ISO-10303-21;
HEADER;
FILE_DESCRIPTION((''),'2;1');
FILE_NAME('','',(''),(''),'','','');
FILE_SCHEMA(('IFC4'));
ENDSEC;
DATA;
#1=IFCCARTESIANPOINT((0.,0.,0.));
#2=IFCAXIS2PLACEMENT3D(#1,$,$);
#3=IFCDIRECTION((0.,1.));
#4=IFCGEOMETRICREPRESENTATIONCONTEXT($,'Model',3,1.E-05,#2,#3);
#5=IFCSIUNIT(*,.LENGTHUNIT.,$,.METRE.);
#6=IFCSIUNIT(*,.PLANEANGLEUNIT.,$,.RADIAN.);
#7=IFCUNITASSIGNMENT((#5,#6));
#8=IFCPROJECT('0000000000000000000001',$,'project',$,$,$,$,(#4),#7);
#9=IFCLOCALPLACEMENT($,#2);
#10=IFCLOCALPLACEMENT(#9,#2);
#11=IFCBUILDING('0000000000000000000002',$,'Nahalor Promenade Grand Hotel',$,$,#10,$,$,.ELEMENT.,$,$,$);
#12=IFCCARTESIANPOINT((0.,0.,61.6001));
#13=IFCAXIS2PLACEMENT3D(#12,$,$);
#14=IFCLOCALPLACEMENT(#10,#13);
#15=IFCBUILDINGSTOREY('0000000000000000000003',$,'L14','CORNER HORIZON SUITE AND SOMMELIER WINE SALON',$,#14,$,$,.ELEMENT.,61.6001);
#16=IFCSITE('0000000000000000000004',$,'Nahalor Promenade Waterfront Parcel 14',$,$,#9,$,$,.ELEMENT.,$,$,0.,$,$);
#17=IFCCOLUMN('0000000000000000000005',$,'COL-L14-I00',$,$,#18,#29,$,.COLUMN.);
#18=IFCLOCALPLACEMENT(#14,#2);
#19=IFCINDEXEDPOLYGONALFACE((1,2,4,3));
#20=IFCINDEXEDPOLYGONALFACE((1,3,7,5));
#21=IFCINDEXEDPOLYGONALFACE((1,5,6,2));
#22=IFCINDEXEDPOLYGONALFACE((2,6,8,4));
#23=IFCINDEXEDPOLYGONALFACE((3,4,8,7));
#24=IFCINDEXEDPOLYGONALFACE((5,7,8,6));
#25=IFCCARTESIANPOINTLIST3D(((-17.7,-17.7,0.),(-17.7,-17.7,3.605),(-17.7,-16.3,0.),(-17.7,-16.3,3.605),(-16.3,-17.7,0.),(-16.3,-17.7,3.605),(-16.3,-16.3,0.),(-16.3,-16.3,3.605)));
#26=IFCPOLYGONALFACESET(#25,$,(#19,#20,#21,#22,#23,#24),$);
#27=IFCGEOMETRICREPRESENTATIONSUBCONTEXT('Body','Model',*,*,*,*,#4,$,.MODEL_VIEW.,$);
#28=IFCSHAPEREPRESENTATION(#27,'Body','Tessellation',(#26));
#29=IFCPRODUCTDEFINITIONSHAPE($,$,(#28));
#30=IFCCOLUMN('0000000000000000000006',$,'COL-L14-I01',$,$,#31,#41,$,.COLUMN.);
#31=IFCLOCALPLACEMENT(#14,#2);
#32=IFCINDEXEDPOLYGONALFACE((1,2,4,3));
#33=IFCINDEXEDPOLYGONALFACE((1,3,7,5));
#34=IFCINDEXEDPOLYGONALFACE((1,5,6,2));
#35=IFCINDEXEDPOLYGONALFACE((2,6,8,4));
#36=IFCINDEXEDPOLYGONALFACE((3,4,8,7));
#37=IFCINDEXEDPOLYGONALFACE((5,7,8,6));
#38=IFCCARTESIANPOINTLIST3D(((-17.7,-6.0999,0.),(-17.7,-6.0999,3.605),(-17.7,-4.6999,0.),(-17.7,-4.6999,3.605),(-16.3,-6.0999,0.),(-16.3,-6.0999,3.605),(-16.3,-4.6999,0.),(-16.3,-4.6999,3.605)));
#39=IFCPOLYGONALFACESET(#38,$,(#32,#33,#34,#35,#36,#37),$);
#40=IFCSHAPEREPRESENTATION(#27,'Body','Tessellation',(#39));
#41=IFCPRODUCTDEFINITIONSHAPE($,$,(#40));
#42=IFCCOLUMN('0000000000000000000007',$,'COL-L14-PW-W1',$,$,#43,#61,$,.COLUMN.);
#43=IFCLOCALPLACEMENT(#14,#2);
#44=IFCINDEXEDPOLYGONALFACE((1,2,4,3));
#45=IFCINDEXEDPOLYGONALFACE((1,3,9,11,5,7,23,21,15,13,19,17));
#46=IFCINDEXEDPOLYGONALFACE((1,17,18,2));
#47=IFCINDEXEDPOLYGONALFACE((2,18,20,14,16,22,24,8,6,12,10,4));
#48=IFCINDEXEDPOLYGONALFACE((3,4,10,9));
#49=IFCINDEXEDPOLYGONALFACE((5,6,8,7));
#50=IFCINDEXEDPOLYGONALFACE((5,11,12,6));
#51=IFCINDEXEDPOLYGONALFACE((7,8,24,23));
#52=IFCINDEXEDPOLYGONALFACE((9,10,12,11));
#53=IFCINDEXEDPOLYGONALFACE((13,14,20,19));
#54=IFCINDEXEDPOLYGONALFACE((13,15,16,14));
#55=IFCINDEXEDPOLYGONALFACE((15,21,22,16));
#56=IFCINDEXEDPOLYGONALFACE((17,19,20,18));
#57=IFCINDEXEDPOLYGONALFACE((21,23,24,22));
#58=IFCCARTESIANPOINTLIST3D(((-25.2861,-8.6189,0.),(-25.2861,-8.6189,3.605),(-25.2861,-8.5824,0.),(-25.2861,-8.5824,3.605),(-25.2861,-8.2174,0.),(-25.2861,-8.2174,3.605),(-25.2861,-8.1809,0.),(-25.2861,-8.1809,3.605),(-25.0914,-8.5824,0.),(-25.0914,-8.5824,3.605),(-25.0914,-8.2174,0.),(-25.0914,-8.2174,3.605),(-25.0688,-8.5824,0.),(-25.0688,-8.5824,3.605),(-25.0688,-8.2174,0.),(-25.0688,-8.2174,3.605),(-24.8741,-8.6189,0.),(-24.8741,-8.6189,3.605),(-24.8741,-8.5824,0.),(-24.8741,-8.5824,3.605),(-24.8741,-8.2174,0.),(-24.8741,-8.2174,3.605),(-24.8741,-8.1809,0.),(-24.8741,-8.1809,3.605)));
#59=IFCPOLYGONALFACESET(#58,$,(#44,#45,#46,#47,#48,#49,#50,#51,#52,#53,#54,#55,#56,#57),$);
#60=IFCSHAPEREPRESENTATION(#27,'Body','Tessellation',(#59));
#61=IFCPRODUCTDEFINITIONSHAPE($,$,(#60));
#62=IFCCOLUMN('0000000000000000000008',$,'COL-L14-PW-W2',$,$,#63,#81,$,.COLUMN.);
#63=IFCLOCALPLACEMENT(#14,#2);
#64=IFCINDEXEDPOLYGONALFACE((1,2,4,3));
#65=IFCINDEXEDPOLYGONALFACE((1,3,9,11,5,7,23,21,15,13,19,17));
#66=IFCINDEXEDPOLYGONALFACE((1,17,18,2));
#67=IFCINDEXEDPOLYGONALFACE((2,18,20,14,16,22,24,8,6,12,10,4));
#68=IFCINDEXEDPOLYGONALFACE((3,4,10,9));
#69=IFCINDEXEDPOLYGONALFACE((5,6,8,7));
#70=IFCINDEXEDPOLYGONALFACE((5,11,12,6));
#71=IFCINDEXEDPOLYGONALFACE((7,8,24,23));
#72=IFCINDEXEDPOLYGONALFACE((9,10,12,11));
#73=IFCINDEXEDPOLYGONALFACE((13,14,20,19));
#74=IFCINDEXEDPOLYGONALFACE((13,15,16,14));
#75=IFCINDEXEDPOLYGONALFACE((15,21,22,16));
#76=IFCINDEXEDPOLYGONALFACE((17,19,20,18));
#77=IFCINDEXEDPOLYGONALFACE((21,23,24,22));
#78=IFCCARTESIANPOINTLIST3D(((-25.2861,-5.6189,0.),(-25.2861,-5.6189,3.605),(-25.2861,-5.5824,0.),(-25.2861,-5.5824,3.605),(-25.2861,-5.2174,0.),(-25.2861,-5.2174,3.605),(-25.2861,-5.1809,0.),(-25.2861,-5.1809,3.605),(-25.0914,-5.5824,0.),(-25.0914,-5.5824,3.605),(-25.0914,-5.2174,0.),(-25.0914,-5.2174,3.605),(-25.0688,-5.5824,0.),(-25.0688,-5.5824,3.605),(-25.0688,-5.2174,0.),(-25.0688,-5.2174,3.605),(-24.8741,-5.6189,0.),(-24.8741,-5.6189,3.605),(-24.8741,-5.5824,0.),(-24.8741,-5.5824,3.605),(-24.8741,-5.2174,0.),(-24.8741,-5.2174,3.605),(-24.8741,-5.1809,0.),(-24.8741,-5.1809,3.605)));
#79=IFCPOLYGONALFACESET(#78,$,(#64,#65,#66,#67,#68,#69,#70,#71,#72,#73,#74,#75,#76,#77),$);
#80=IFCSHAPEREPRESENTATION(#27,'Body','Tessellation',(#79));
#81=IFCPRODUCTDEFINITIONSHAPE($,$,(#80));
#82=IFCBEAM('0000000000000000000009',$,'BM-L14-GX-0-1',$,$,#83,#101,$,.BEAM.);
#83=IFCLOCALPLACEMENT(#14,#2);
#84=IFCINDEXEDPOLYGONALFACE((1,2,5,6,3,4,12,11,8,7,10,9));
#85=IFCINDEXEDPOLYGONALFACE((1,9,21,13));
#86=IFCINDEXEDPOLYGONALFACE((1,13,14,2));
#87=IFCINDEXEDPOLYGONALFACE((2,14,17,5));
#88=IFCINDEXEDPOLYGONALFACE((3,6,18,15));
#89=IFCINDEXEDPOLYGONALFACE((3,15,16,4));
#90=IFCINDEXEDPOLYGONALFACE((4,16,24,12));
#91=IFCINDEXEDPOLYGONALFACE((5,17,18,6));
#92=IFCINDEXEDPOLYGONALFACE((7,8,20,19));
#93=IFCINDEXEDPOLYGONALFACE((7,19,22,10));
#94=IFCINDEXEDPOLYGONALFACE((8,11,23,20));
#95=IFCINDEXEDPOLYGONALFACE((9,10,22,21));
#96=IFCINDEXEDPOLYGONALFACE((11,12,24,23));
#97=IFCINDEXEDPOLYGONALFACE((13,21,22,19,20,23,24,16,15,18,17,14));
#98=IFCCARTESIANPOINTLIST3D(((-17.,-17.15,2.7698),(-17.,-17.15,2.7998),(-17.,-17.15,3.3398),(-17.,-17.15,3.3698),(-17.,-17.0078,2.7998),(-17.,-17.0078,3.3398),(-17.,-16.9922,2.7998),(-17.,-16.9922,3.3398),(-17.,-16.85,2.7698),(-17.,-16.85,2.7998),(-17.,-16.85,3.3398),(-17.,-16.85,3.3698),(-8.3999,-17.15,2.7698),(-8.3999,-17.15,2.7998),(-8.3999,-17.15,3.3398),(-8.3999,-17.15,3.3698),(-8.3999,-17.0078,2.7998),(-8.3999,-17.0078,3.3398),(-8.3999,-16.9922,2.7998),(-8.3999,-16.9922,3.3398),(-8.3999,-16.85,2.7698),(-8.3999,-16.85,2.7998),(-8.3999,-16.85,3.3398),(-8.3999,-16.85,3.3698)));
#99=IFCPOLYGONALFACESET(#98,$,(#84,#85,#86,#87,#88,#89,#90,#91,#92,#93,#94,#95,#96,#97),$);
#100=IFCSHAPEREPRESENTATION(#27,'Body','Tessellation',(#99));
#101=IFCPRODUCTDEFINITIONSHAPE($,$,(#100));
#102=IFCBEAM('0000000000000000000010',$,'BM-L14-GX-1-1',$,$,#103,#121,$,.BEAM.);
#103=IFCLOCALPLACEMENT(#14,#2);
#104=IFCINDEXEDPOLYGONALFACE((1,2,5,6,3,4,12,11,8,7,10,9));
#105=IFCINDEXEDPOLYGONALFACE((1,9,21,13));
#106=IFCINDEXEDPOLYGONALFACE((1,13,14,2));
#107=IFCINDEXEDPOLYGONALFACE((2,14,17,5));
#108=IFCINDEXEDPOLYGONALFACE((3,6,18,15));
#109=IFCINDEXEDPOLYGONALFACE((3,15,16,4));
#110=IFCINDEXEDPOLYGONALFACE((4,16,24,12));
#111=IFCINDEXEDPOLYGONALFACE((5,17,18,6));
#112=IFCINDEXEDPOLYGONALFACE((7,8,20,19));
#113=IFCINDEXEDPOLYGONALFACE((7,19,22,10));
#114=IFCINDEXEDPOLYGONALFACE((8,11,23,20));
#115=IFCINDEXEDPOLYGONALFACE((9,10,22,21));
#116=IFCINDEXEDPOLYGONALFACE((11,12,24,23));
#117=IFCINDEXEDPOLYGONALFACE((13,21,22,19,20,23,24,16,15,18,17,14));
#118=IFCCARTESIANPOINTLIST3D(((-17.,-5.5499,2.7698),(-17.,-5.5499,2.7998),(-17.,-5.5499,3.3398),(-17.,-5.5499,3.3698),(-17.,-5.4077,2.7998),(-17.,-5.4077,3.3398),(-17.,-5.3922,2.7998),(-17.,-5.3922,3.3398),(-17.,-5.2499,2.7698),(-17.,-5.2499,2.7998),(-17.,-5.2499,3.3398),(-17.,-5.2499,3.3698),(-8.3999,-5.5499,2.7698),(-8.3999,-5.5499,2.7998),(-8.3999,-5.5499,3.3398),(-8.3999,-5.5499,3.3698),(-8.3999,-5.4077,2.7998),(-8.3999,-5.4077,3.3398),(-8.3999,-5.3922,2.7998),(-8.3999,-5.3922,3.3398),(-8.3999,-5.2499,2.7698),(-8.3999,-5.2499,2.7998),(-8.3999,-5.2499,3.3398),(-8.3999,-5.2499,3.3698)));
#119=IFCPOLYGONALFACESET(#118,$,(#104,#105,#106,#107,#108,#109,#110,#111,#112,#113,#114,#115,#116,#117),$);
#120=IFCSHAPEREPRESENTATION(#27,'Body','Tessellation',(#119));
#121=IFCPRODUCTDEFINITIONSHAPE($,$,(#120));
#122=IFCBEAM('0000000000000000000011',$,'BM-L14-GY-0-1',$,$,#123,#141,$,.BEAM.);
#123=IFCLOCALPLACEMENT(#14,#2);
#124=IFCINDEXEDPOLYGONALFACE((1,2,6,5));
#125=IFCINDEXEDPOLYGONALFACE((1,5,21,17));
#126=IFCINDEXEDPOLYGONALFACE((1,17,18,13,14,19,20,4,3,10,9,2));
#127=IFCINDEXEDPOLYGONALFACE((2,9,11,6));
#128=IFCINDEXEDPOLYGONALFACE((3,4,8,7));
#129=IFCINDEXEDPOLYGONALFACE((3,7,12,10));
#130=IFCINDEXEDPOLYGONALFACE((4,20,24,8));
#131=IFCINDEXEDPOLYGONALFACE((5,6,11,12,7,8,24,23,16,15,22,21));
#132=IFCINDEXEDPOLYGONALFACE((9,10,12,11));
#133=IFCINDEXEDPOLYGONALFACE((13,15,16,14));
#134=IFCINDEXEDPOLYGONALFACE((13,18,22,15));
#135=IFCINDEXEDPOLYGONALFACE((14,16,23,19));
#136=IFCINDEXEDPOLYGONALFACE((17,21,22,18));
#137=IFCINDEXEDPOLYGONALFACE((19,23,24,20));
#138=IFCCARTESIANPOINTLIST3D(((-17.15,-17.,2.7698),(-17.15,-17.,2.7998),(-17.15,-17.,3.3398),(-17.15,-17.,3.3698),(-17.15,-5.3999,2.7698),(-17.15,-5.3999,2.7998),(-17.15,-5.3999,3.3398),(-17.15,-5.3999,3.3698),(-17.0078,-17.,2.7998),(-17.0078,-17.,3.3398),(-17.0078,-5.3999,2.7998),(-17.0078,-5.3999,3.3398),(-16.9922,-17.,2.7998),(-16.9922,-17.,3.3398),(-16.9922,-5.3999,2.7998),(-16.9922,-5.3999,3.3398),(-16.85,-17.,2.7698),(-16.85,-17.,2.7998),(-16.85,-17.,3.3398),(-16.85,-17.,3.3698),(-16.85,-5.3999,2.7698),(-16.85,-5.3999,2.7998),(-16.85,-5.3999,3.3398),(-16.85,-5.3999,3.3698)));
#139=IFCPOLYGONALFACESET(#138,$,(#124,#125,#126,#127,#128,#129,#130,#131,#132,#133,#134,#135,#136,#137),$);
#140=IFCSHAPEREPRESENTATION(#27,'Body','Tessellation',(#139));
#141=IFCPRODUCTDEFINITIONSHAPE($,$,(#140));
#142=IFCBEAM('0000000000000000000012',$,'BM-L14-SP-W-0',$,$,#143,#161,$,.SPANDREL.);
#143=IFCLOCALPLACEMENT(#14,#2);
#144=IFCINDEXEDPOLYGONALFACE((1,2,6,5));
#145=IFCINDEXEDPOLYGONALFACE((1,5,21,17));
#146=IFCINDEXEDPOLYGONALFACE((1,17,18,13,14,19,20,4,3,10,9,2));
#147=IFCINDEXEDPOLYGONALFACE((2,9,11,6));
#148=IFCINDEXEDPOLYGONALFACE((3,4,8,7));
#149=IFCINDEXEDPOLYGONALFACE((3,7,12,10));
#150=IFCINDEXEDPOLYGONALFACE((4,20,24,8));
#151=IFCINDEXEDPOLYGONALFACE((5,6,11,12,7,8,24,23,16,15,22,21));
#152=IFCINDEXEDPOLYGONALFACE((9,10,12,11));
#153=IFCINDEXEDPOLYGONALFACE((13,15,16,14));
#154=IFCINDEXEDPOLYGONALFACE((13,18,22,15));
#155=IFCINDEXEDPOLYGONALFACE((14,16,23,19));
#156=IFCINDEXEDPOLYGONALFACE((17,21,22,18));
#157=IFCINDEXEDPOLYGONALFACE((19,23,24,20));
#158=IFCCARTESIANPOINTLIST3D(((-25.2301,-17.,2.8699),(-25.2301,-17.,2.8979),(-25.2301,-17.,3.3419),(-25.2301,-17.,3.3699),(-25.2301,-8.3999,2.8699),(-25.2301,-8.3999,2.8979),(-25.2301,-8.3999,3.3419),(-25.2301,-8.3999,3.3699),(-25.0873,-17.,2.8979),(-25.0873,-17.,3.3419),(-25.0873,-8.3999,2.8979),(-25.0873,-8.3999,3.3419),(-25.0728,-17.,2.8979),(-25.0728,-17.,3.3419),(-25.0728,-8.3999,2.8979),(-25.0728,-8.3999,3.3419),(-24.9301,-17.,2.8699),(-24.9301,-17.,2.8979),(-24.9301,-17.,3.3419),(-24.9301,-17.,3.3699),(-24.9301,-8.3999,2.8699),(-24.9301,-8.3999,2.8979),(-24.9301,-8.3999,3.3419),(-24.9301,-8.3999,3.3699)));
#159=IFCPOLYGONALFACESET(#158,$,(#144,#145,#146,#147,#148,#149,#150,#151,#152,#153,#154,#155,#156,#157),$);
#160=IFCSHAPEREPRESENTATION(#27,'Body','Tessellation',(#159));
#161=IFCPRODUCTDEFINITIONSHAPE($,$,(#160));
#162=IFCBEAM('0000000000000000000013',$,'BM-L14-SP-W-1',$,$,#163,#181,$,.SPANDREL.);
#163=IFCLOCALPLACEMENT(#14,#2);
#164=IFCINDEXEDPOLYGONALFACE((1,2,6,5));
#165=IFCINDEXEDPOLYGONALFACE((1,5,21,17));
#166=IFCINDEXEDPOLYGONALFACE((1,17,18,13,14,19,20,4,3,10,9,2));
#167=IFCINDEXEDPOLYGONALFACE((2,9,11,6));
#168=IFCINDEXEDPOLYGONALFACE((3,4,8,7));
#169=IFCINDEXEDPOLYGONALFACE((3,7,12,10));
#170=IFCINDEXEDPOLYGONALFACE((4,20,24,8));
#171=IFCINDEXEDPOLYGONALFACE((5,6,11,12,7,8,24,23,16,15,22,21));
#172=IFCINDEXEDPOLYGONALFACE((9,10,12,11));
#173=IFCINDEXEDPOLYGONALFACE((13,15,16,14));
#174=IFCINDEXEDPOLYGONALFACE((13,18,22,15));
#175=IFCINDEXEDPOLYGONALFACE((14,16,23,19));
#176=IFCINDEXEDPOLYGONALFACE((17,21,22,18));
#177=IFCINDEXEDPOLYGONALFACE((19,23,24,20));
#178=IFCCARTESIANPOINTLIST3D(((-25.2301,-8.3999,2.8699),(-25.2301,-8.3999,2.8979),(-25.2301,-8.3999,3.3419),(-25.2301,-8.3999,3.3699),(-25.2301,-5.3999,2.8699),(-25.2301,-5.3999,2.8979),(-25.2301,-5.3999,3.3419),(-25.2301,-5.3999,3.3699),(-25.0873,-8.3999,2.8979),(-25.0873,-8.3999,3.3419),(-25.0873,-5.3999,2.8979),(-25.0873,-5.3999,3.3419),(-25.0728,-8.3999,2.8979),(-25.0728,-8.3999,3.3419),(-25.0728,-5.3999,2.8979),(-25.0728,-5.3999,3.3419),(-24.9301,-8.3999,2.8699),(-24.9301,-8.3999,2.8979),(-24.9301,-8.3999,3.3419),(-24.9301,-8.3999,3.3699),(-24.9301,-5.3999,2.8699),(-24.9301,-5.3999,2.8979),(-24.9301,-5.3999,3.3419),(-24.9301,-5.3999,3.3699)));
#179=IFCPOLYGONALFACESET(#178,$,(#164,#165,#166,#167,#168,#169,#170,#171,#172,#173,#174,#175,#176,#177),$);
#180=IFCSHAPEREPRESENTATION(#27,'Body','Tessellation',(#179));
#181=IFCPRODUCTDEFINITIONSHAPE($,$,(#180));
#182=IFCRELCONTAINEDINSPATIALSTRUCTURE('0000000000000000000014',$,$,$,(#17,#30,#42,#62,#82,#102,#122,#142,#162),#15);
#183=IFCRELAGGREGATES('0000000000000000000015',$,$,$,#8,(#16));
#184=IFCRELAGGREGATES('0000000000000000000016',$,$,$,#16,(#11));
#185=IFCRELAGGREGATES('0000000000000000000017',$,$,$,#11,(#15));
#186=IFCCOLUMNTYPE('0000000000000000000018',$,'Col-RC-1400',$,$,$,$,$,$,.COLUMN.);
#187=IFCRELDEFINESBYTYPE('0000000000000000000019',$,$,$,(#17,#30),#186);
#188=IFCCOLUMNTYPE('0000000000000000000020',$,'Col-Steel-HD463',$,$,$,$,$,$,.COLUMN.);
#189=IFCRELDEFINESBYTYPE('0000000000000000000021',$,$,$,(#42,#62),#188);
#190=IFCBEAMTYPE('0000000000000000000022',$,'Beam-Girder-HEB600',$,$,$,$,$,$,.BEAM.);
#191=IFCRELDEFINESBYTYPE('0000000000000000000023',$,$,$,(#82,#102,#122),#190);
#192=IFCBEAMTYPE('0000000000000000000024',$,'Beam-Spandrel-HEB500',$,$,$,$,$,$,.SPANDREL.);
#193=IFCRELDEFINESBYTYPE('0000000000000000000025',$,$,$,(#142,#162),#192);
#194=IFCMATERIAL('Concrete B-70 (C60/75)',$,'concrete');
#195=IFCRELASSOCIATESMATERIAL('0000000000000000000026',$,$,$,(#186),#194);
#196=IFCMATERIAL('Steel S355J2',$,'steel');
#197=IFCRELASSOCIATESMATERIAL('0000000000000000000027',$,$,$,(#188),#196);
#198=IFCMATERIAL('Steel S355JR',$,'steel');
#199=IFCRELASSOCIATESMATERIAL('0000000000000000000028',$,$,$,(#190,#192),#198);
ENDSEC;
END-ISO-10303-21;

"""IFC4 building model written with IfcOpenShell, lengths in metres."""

from ifc_helpers import new_model, si_unit, direction, frame, origin, origin_2d, place, context, subcontext, project, spatial, rectangle, i_section, extrude, source, transform, mapped, material, material_profile, profile_set, type_object, element, save


model = new_model("IFC4")

# Units and contexts
model_context = context("Model", 3, precision=1e-05, world=origin(), true_north=direction((0.0, 1.0)))
body_context = subcontext(model_context, "Body", "Model", "MODEL_VIEW")
ifc_project = project(units=[si_unit("LENGTHUNIT", "METRE"), si_unit("PLANEANGLEUNIT", "RADIAN")], contexts=[model_context])

# Site, building, storey
site_placement = place(None, origin())
site = spatial("IfcSite", under=ifc_project, at=site_placement, Name="Nahalor Promenade Waterfront Parcel 14", CompositionType="ELEMENT", RefElevation=0.0)
building_placement = place(site_placement, origin())
building = spatial("IfcBuilding", under=site, at=building_placement, Name="Nahalor Promenade Grand Hotel", CompositionType="ELEMENT")
storey_placement = place(building_placement, frame((0.0, 0.0, 61.6001)))
storey = spatial("IfcBuildingStorey", under=building, at=storey_placement, Name="L14", Description="CORNER HORIZON SUITE AND SOMMELIER WINE SALON", CompositionType="ELEMENT", Elevation=61.6001)

# Columns
ifc_material_1 = material(Name="Concrete B-70 (C60/75)", Category="concrete")
ifc_material_profile_1 = material_profile(ifc_material_1, rectangle(XDim=1.4, YDim=1.4, at=origin_2d()), Name="RC 1400x1400")
ifc_profile_set_1 = profile_set([ifc_material_profile_1], Name="Concrete B-70 (C60/75)")
column_type_1 = type_object("IfcColumnType", Name="Col-RC-1400", PredefinedType="COLUMN", material=ifc_profile_set_1)
shared_shape_1 = source(origin(), body_context, "Body", "SweptSolid", [
    extrude(rectangle(XDim=1.4, YDim=1.4, at=origin_2d()), origin(), (0.0, 0.0, 1.0), 3.605),
])
for number, where, z_axis, x_axis, name in (
    (1, (-17.0, -17.0, 0.0), (0.0, 0.0, 1.0), (1.0, 0.0, 0.0), "COL-L14-I00"),
    (2, (-17.0, -5.3999, 0.0), (0.0, 0.0, 1.0), (1.0, 0.0, 0.0), "COL-L14-I01"),
):
    element("IfcColumn", number, at=place(storey_placement, frame(where, z_axis=z_axis, x_axis=x_axis)), inside=storey, type_object=column_type_1, Name=name, PredefinedType="COLUMN", context=body_context, shape_type="MappedRepresentation", body=[
        mapped(shared_shape_1, transform((0.0, 0.0, 0.0), scale=1.0)),
    ])
ifc_material_2 = material(Name="Steel S355J2", Category="steel")
ifc_material_profile_2 = material_profile(ifc_material_2, i_section(OverallWidth=0.412, OverallDepth=0.438, WebThickness=0.0226, FlangeThickness=0.0365, at=origin_2d()), Name="HD 400x463")
ifc_profile_set_2 = profile_set([ifc_material_profile_2], Name="Steel S355J2")
column_type_2 = type_object("IfcColumnType", Name="Col-Steel-HD463", PredefinedType="COLUMN", material=ifc_profile_set_2)
shared_shape_2 = source(origin(), body_context, "Body", "SweptSolid", [
    extrude(i_section(OverallWidth=0.412, OverallDepth=0.438, WebThickness=0.0226, FlangeThickness=0.0365, at=origin_2d()), origin(), (0.0, 0.0, 1.0), 3.605),
])
for number, where, z_axis, x_axis, name in (
    (3, (-25.0801, -8.3999, 0.0), (0.0, 0.0, 1.0), (1.0, 0.0, 0.0), "COL-L14-PW-W1"),
    (4, (-25.0801, -5.3999, 0.0), (0.0, 0.0, 1.0), (1.0, 0.0, 0.0), "COL-L14-PW-W2"),
):
    element("IfcColumn", number, at=place(storey_placement, frame(where, z_axis=z_axis, x_axis=x_axis)), inside=storey, type_object=column_type_2, Name=name, PredefinedType="COLUMN", context=body_context, shape_type="MappedRepresentation", body=[
        mapped(shared_shape_2, transform((0.0, 0.0, 0.0), scale=1.0)),
    ])

# Beams
ifc_material_3 = material(Name="Steel S355JR", Category="steel")
ifc_material_profile_3 = material_profile(ifc_material_3, i_section(OverallWidth=0.3, OverallDepth=0.6, WebThickness=0.0155, FlangeThickness=0.03, at=origin_2d()), Name="HEB 600")
ifc_profile_set_3 = profile_set([ifc_material_profile_3], Name="Steel S355JR")
beam_type_1 = type_object("IfcBeamType", Name="Beam-Girder-HEB600", PredefinedType="BEAM", material=ifc_profile_set_3)
shared_shape_3 = source(origin(), body_context, "Body", "SweptSolid", [
    extrude(i_section(OverallWidth=0.3, OverallDepth=0.6, WebThickness=0.0155, FlangeThickness=0.03, at=origin_2d()), origin(), (0.0, 0.0, 1.0), 8.6001),
])
for number, where, z_axis, x_axis, name in (
    (5, (-17.0, -17.0, 3.0698), (1.0, 0.0, 0.0), (0.0, 1.0, 0.0), "BM-L14-GX-0-1"),
    (6, (-17.0, -5.3999, 3.0698), (1.0, 0.0, 0.0), (0.0, 1.0, 0.0), "BM-L14-GX-1-1"),
):
    element("IfcBeam", number, at=place(storey_placement, frame(where, z_axis=z_axis, x_axis=x_axis)), inside=storey, type_object=beam_type_1, Name=name, PredefinedType="BEAM", context=body_context, shape_type="MappedRepresentation", body=[
        mapped(shared_shape_3, transform((0.0, 0.0, 0.0), scale=1.0)),
    ])
shared_shape_4 = source(origin(), body_context, "Body", "SweptSolid", [
    extrude(i_section(OverallWidth=0.3, OverallDepth=0.6, WebThickness=0.0155, FlangeThickness=0.03, at=origin_2d()), origin(), (0.0, 0.0, 1.0), 11.6001),
])
beam_1_placement = place(storey_placement, frame((-17.0, -17.0, 3.0698), z_axis=(0.0, 1.0, 0.0), x_axis=(-1.0, 0.0, 0.0)))
element("IfcBeam", 7, at=beam_1_placement, inside=storey, type_object=beam_type_1, Name="BM-L14-GY-0-1", PredefinedType="BEAM", context=body_context, shape_type="MappedRepresentation", body=[
    mapped(shared_shape_4, transform((0.0, 0.0, 0.0), scale=1.0)),
])
ifc_material_profile_4 = material_profile(ifc_material_3, i_section(OverallWidth=0.3, OverallDepth=0.5, WebThickness=0.0145, FlangeThickness=0.028, at=origin_2d()), Name="HEB 500")
ifc_profile_set_4 = profile_set([ifc_material_profile_4], Name="Steel S355JR")
beam_type_2 = type_object("IfcBeamType", Name="Beam-Spandrel-HEB500", PredefinedType="SPANDREL", material=ifc_profile_set_4)
shared_shape_5 = source(origin(), body_context, "Body", "SweptSolid", [
    extrude(i_section(OverallWidth=0.3, OverallDepth=0.5, WebThickness=0.0145, FlangeThickness=0.028, at=origin_2d()), origin(), (0.0, 0.0, 1.0), 8.6001),
])
beam_2_placement = place(storey_placement, frame((-25.0801, -17.0, 3.1199), z_axis=(0.0, 1.0, 0.0), x_axis=(-1.0, 0.0, 0.0)))
element("IfcBeam", 8, at=beam_2_placement, inside=storey, type_object=beam_type_2, Name="BM-L14-SP-W-0", PredefinedType="SPANDREL", context=body_context, shape_type="MappedRepresentation", body=[
    mapped(shared_shape_5, transform((0.0, 0.0, 0.0), scale=1.0)),
])
shared_shape_6 = source(origin(), body_context, "Body", "SweptSolid", [
    extrude(i_section(OverallWidth=0.3, OverallDepth=0.5, WebThickness=0.0145, FlangeThickness=0.028, at=origin_2d()), origin(), (0.0, 0.0, 1.0), 3.0),
])
beam_3_placement = place(storey_placement, frame((-25.0801, -8.3999, 3.1199), z_axis=(0.0, 1.0, 0.0), x_axis=(-1.0, 0.0, 0.0)))
element("IfcBeam", 9, at=beam_3_placement, inside=storey, type_object=beam_type_2, Name="BM-L14-SP-W-1", PredefinedType="SPANDREL", context=body_context, shape_type="MappedRepresentation", body=[
    mapped(shared_shape_6, transform((0.0, 0.0, 0.0), scale=1.0)),
])

save(model, "model.ifc")
